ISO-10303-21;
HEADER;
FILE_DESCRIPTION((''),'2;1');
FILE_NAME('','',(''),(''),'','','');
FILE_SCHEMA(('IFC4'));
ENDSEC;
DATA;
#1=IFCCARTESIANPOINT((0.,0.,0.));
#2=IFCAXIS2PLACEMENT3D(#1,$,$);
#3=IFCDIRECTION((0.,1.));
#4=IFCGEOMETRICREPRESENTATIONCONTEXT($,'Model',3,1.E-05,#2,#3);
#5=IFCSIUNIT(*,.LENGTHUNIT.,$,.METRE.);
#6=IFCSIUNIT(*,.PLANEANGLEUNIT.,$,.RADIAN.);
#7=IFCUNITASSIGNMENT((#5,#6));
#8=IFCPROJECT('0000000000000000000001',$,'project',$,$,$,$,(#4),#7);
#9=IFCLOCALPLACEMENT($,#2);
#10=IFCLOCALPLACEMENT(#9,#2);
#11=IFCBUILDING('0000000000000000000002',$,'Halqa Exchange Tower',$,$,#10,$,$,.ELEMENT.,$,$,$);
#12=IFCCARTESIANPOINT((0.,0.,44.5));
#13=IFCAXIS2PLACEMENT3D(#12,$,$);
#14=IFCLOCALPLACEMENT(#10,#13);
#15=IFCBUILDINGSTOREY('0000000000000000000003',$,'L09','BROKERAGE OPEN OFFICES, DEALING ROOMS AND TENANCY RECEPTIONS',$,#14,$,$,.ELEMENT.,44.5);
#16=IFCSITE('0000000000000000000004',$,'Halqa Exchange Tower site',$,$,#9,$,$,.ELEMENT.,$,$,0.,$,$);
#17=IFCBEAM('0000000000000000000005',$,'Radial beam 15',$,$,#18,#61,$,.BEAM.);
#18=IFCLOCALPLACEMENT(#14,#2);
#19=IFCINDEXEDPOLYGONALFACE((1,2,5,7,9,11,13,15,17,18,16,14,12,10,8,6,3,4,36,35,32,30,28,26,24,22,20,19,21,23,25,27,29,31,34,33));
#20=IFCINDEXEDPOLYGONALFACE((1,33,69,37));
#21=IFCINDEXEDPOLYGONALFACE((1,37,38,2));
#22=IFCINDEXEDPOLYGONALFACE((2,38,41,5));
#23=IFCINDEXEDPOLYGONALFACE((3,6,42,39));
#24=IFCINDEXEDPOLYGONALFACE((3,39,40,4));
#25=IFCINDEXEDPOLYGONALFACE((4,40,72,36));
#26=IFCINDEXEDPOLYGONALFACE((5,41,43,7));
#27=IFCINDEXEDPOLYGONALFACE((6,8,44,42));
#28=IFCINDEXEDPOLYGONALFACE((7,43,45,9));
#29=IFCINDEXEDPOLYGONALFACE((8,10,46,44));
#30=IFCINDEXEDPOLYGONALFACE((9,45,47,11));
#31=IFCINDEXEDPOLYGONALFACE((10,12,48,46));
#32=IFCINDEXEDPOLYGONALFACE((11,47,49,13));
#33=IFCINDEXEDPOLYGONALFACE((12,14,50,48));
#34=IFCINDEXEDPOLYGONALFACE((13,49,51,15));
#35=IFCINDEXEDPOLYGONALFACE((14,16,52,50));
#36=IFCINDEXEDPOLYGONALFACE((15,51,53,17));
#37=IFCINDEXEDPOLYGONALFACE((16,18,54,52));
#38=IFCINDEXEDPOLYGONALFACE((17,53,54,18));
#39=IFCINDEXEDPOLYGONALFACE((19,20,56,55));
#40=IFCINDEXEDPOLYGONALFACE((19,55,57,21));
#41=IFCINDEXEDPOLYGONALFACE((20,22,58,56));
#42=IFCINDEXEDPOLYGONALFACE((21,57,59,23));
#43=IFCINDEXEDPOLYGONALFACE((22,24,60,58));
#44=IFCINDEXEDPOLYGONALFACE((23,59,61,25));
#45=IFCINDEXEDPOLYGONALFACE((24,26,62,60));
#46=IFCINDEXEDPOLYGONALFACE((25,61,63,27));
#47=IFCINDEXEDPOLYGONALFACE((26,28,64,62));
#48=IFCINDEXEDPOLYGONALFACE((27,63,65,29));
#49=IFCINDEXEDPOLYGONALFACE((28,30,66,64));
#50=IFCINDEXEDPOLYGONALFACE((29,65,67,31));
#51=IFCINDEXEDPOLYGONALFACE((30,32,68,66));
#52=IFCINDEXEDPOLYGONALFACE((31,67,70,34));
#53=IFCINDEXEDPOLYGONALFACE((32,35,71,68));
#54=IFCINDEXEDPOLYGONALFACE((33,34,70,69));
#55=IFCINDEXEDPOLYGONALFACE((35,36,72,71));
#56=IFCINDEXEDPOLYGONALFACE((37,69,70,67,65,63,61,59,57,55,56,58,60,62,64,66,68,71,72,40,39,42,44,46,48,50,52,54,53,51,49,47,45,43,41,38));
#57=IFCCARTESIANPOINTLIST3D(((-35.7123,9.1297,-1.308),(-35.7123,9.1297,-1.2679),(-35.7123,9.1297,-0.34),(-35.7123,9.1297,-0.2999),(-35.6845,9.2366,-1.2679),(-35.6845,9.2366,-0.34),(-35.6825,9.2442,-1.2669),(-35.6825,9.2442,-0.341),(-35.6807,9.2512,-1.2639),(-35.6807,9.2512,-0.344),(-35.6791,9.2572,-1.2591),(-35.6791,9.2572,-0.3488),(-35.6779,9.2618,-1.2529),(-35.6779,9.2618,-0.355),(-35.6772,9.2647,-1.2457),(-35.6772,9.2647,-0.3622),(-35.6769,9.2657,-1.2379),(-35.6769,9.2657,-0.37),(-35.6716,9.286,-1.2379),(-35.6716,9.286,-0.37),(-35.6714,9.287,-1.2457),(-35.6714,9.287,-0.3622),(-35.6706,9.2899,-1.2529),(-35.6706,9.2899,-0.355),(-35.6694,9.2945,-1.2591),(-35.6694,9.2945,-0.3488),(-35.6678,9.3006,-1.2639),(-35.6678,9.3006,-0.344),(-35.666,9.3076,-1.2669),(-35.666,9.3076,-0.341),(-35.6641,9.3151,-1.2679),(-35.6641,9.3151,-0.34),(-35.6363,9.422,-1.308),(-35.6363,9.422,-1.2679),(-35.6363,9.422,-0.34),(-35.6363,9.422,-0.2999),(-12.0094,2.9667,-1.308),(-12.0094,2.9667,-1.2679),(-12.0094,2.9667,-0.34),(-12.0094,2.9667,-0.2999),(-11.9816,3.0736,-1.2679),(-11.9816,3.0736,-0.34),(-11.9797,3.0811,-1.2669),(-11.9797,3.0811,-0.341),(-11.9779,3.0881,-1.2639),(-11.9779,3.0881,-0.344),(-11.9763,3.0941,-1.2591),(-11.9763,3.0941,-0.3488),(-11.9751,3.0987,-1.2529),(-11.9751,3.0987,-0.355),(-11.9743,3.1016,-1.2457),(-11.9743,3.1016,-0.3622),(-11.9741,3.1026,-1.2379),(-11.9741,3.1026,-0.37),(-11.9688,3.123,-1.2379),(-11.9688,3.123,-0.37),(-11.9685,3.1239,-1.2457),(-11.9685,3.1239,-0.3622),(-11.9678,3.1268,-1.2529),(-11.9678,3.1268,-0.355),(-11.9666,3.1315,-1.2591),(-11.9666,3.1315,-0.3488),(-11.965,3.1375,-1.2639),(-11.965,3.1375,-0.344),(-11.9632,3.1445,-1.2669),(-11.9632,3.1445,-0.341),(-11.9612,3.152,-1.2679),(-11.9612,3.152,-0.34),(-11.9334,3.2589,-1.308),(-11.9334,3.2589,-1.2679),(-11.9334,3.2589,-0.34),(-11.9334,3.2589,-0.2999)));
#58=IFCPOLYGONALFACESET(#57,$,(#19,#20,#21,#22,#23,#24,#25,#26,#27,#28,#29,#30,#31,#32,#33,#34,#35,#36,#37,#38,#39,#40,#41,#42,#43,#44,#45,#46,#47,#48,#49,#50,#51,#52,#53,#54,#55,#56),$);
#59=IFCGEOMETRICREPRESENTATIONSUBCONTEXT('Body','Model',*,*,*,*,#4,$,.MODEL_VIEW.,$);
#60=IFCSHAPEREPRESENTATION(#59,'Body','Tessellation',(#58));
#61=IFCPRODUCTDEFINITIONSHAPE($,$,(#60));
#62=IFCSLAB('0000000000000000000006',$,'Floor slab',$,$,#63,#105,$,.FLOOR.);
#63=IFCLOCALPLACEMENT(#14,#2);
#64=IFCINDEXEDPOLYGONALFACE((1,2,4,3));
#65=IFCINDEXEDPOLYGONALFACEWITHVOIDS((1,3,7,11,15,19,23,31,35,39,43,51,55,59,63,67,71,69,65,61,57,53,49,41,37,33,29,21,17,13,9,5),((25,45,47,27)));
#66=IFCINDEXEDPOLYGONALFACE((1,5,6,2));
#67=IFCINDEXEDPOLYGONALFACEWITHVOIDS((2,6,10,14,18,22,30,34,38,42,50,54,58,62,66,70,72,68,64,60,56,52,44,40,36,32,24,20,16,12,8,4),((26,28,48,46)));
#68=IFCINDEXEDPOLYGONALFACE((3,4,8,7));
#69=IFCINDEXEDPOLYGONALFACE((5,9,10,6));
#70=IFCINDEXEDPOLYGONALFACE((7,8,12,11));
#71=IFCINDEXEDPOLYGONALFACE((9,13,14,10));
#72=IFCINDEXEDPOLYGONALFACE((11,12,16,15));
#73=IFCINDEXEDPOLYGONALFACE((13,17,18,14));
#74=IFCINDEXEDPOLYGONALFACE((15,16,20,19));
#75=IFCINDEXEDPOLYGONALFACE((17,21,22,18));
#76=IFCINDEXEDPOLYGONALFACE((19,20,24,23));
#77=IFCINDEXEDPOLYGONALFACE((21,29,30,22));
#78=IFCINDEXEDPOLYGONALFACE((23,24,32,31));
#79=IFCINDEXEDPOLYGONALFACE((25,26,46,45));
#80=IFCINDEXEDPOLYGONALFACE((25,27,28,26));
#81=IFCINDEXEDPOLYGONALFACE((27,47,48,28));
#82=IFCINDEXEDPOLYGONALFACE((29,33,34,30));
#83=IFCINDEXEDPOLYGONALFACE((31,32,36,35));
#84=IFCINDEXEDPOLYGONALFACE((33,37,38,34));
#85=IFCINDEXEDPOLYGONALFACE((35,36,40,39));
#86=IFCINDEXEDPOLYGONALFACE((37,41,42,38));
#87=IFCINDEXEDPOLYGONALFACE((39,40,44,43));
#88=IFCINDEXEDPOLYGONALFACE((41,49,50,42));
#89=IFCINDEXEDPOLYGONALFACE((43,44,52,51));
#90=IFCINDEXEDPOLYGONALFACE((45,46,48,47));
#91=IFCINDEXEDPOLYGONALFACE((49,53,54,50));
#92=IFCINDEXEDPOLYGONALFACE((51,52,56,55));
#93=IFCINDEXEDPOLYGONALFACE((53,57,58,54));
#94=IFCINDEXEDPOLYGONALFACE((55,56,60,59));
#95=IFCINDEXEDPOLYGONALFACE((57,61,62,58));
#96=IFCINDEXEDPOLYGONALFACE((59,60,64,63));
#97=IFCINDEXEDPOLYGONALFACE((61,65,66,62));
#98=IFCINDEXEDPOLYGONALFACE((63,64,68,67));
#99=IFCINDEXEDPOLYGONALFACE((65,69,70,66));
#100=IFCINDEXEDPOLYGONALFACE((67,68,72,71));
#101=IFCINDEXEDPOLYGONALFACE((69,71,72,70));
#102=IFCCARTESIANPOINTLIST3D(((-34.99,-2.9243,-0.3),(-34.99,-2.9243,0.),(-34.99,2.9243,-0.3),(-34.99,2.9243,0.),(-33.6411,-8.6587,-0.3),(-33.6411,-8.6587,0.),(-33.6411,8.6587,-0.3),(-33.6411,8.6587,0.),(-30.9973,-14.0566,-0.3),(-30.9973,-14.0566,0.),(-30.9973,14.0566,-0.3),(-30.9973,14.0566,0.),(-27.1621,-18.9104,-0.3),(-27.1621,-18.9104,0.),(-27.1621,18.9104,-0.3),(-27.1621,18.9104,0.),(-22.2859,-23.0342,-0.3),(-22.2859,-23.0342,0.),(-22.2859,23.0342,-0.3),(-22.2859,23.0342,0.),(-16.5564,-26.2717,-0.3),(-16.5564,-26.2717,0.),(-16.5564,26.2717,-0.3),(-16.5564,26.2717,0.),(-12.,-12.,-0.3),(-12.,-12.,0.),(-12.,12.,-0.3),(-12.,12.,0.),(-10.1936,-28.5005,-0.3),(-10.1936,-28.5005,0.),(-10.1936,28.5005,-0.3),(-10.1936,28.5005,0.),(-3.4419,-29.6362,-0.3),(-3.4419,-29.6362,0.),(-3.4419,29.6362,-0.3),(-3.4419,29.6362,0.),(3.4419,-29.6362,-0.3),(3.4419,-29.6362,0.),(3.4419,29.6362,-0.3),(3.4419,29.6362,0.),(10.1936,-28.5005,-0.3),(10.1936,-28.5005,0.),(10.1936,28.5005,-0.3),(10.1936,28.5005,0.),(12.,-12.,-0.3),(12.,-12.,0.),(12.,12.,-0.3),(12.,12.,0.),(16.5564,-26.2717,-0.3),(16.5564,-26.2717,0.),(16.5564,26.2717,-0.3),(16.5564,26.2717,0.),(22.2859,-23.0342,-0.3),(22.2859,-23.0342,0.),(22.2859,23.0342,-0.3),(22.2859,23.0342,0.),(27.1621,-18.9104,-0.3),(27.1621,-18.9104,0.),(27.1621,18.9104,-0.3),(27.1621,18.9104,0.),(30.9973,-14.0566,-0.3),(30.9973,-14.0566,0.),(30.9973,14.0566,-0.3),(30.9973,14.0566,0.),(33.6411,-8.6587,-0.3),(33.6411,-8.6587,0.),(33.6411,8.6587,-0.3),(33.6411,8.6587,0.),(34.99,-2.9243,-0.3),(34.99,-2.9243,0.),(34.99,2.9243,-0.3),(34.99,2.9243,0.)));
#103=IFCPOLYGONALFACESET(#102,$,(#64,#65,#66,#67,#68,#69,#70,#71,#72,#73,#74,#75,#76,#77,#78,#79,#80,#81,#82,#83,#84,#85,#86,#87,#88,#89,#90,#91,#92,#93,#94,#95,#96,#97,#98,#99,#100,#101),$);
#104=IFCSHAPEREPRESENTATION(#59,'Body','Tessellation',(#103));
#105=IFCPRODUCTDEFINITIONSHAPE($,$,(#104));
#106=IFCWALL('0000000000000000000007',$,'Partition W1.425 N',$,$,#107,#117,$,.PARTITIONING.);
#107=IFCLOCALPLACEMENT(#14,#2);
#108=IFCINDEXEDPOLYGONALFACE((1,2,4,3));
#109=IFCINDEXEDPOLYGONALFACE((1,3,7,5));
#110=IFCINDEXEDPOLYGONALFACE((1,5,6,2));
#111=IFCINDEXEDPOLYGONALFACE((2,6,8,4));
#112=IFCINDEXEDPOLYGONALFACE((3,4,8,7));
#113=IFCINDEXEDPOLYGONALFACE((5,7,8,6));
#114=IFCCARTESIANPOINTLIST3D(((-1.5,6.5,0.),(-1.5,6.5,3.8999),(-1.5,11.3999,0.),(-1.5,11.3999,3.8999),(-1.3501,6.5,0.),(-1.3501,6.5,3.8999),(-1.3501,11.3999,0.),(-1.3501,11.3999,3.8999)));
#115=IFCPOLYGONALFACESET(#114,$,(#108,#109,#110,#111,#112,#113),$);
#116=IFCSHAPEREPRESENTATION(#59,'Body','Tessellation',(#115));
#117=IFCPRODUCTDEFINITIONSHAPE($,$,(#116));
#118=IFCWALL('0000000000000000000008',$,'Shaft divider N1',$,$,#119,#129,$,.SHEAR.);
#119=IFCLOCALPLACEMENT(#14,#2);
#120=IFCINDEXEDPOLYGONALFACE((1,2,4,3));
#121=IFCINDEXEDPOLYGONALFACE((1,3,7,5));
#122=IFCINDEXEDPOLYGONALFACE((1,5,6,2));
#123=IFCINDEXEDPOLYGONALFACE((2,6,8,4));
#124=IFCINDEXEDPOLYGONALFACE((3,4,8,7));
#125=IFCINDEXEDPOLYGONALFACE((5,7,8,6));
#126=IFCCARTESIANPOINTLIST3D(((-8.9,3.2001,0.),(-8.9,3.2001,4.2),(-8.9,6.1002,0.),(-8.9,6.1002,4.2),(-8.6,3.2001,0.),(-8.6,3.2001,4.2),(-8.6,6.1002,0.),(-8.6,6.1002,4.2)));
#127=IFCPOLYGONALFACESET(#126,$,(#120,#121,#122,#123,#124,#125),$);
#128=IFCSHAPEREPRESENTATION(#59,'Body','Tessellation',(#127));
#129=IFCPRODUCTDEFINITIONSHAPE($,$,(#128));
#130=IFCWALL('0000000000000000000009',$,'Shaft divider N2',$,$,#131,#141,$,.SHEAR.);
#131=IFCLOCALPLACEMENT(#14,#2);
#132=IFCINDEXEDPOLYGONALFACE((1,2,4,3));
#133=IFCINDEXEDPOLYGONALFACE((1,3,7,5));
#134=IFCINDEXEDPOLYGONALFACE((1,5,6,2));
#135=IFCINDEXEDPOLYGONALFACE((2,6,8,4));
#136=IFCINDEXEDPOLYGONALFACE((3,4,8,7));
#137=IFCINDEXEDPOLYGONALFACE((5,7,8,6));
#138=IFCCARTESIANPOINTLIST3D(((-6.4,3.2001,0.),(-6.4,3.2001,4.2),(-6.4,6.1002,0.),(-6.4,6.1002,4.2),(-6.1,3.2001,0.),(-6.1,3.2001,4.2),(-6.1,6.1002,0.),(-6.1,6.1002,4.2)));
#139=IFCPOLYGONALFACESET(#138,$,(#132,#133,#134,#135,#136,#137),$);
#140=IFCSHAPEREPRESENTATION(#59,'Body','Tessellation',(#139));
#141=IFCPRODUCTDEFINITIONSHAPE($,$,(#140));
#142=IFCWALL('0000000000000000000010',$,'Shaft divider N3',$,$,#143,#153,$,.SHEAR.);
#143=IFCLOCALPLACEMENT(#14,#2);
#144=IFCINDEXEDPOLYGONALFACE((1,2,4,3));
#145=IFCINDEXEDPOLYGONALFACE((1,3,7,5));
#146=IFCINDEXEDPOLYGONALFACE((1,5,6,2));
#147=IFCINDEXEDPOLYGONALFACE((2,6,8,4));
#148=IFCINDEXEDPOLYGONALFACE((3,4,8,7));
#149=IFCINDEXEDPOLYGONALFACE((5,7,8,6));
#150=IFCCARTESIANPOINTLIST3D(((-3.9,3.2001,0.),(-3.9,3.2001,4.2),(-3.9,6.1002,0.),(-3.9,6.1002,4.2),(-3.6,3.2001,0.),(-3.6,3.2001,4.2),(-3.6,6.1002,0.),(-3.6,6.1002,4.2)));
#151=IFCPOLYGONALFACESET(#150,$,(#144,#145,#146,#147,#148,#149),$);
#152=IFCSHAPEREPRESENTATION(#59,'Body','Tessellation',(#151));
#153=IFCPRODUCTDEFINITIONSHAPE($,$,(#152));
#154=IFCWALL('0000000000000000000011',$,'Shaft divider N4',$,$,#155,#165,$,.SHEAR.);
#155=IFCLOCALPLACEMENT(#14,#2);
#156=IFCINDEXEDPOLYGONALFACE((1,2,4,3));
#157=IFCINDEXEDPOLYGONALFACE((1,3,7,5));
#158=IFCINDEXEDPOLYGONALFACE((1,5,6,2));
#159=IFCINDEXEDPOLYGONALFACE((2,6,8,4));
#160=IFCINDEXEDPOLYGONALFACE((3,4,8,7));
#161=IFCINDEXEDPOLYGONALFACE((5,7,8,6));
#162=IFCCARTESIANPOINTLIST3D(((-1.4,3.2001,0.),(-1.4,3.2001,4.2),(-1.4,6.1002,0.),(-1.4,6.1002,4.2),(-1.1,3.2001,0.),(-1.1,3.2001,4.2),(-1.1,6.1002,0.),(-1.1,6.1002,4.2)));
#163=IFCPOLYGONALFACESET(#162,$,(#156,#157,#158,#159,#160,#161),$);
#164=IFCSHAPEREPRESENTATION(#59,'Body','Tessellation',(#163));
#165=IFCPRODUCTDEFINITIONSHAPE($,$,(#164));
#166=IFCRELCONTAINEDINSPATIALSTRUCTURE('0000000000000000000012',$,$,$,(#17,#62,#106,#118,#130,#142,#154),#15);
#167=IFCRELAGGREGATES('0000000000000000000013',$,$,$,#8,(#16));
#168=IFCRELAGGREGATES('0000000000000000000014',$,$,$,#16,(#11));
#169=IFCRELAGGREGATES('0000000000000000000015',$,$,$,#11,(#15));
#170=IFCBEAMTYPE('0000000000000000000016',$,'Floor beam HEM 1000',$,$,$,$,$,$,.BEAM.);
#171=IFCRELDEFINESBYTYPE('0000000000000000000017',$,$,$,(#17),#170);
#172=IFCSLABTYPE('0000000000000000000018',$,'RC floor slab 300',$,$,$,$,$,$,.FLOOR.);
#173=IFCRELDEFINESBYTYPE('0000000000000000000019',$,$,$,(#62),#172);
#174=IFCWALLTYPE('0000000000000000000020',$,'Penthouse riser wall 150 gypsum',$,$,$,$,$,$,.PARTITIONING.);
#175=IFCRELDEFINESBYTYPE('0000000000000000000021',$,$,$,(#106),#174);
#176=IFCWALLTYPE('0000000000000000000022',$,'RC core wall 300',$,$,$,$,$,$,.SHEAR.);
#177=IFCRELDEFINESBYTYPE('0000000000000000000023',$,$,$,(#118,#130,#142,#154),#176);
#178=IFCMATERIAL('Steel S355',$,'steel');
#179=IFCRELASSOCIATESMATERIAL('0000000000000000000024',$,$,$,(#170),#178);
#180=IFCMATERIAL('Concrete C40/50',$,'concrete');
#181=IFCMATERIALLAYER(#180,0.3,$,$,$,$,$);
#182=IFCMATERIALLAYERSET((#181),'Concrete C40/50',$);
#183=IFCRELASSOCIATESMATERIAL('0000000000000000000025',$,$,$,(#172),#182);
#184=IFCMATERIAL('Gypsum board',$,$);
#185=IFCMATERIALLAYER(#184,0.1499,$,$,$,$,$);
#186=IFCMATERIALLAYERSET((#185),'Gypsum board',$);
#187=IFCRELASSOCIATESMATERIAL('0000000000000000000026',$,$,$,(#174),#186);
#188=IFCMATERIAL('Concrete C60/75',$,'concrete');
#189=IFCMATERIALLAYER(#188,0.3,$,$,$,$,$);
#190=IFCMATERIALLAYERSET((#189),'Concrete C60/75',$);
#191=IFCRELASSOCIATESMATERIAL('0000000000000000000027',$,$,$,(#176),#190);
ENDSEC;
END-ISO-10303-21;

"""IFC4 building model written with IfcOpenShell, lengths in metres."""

from ifc_helpers import new_model, si_unit, direction, frame, frame_2d, origin, origin_2d, place, context, subcontext, project, spatial, polyline, rectangle, i_section, outline, extrude, material, layer, layer_set, material_profile, profile_set, type_object, element, save


model = new_model("IFC4")

# Units and contexts
model_context = context("Model", 3, precision=1e-05, world=origin(), true_north=direction((0.0, 1.0)))
body_context = subcontext(model_context, "Body", "Model", "MODEL_VIEW")
ifc_project = project(units=[si_unit("LENGTHUNIT", "METRE"), si_unit("PLANEANGLEUNIT", "RADIAN")], contexts=[model_context])

# Site, building, storey
site_placement = place(None, origin())
site = spatial("IfcSite", under=ifc_project, at=site_placement, Name="Halqa Exchange Tower site", CompositionType="ELEMENT", RefElevation=0.0)
building_placement = place(site_placement, origin())
building = spatial("IfcBuilding", under=site, at=building_placement, Name="Halqa Exchange Tower", CompositionType="ELEMENT")
storey_placement = place(building_placement, frame((0.0, 0.0, 44.5)))
storey = spatial("IfcBuildingStorey", under=building, at=storey_placement, Name="L09", Description="BROKERAGE OPEN OFFICES, DEALING ROOMS AND TENANCY RECEPTIONS", CompositionType="ELEMENT", Elevation=44.5)

# Beam
ifc_material_1 = material(Name="Steel S355", Category="steel")
ifc_material_profile = material_profile(ifc_material_1, i_section(OverallWidth=0.302, OverallDepth=1.0081, WebThickness=0.021, FlangeThickness=0.04, FilletRadius=0.03, at=origin_2d()), Name="HEM 1000")
ifc_profile_set = profile_set([ifc_material_profile], Name="Steel S355")
beam_type = type_object("IfcBeamType", Name="Floor beam HEM 1000", PredefinedType="BEAM", material=ifc_profile_set)
beam_placement = place(storey_placement, frame((-11.9714, 3.1128, -0.804), z_axis=(-0.967819, 0.251647, 0.0), x_axis=(-0.251647, -0.967819, 0.0)))
element("IfcBeam", 1, at=beam_placement, inside=storey, type_object=beam_type, Name="Radial beam 15", PredefinedType="BEAM", context=body_context, shape_type="SweptSolid", body=[
    extrude(i_section(OverallWidth=0.302, OverallDepth=1.0081, WebThickness=0.021, FlangeThickness=0.04, FilletRadius=0.03, at=origin_2d()), origin(), (0.0, 0.0, 1.0), 24.491),
])

# Slab
ifc_material_2 = material(Name="Concrete C40/50", Category="concrete")
ifc_layer_1 = layer(ifc_material_2, 0.3)
ifc_layer_set_1 = layer_set([ifc_layer_1], Name="Concrete C40/50")
slab_type = type_object("IfcSlabType", Name="RC floor slab 300", PredefinedType="FLOOR", material=ifc_layer_set_1)
slab_placement = place(storey_placement, frame((0.0, 0.0, -0.3)))
element("IfcSlab", 2, at=slab_placement, inside=storey, type_object=slab_type, Name="Floor slab", PredefinedType="FLOOR", context=body_context, shape_type="SweptSolid", body=[
    extrude(outline(polyline([(34.99, 2.9243), (33.6411, 8.6587), (30.9973, 14.0566), (27.1621, 18.9104), (22.2859, 23.0342), (16.5564, 26.2717), (10.1936, 28.5005), (3.4419, 29.6362), (-3.4419, 29.6362), (-10.1936, 28.5005), (-16.5564, 26.2717), (-22.2859, 23.0342), (-27.1621, 18.9104), (-30.9973, 14.0566), (-33.6411, 8.6587), (-34.99, 2.9243), (-34.99, -2.9243), (-33.6411, -8.6587), (-30.9973, -14.0566), (-27.1621, -18.9104), (-22.2859, -23.0342), (-16.5564, -26.2717), (-10.1936, -28.5005), (-3.4419, -29.6362), (3.4419, -29.6362), (10.1936, -28.5005), (16.5564, -26.2717), (22.2859, -23.0342), (27.1621, -18.9104), (30.9973, -14.0566), (33.6411, -8.6587), (34.99, -2.9243), (34.99, 2.9243)]), holes=[polyline([(-12.0, -12.0), (12.0, -12.0), (12.0, 12.0), (-12.0, 12.0), (-12.0, -12.0)])]), origin(), (0.0, 0.0, 1.0), 0.3),
])

# Walls
ifc_material_3 = material(Name="Gypsum board")
ifc_layer_2 = layer(ifc_material_3, 0.1499)
ifc_layer_set_2 = layer_set([ifc_layer_2], Name="Gypsum board")
wall_type_1 = type_object("IfcWallType", Name="Penthouse riser wall 150 gypsum", PredefinedType="PARTITIONING", material=ifc_layer_set_2)
wall_1_placement = place(storey_placement, frame((-1.425, 6.5, 0.0), z_axis=(0.0, 0.0, 1.0), x_axis=(0.0, 1.0, 0.0)))
element("IfcWall", 3, at=wall_1_placement, inside=storey, type_object=wall_type_1, Name="Partition W1.425 N", PredefinedType="PARTITIONING", context=body_context, shape_type="SweptSolid", body=[
    extrude(rectangle(XDim=4.8999, YDim=0.1499, at=frame_2d((2.45, 0.0))), origin(), (0.0, 0.0, 1.0), 3.8999),
])
ifc_material_4 = material(Name="Concrete C60/75", Category="concrete")
ifc_layer_3 = layer(ifc_material_4, 0.3)
ifc_layer_set_3 = layer_set([ifc_layer_3], Name="Concrete C60/75")
wall_type_2 = type_object("IfcWallType", Name="RC core wall 300", PredefinedType="SHEAR", material=ifc_layer_set_3)
for number, where, z_axis, x_axis, name in (
    (4, (-8.75, 3.2, 0.0), (0.0, 0.0, 1.0), (0.0, 1.0, 0.0), "Shaft divider N1"),
    (5, (-6.25, 3.2, 0.0), (0.0, 0.0, 1.0), (0.0, 1.0, 0.0), "Shaft divider N2"),
    (6, (-3.75, 3.2, 0.0), (0.0, 0.0, 1.0), (0.0, 1.0, 0.0), "Shaft divider N3"),
    (7, (-1.25, 3.2, 0.0), (0.0, 0.0, 1.0), (0.0, 1.0, 0.0), "Shaft divider N4"),
):
    element("IfcWall", number, at=place(storey_placement, frame(where, z_axis=z_axis, x_axis=x_axis)), inside=storey, type_object=wall_type_2, Name=name, PredefinedType="SHEAR", context=body_context, shape_type="SweptSolid", body=[
        extrude(rectangle(XDim=2.9001, YDim=0.3, at=frame_2d((1.4502, 0.0))), origin(), (0.0, 0.0, 1.0), 4.2),
    ])

save(model, "model.ifc")
